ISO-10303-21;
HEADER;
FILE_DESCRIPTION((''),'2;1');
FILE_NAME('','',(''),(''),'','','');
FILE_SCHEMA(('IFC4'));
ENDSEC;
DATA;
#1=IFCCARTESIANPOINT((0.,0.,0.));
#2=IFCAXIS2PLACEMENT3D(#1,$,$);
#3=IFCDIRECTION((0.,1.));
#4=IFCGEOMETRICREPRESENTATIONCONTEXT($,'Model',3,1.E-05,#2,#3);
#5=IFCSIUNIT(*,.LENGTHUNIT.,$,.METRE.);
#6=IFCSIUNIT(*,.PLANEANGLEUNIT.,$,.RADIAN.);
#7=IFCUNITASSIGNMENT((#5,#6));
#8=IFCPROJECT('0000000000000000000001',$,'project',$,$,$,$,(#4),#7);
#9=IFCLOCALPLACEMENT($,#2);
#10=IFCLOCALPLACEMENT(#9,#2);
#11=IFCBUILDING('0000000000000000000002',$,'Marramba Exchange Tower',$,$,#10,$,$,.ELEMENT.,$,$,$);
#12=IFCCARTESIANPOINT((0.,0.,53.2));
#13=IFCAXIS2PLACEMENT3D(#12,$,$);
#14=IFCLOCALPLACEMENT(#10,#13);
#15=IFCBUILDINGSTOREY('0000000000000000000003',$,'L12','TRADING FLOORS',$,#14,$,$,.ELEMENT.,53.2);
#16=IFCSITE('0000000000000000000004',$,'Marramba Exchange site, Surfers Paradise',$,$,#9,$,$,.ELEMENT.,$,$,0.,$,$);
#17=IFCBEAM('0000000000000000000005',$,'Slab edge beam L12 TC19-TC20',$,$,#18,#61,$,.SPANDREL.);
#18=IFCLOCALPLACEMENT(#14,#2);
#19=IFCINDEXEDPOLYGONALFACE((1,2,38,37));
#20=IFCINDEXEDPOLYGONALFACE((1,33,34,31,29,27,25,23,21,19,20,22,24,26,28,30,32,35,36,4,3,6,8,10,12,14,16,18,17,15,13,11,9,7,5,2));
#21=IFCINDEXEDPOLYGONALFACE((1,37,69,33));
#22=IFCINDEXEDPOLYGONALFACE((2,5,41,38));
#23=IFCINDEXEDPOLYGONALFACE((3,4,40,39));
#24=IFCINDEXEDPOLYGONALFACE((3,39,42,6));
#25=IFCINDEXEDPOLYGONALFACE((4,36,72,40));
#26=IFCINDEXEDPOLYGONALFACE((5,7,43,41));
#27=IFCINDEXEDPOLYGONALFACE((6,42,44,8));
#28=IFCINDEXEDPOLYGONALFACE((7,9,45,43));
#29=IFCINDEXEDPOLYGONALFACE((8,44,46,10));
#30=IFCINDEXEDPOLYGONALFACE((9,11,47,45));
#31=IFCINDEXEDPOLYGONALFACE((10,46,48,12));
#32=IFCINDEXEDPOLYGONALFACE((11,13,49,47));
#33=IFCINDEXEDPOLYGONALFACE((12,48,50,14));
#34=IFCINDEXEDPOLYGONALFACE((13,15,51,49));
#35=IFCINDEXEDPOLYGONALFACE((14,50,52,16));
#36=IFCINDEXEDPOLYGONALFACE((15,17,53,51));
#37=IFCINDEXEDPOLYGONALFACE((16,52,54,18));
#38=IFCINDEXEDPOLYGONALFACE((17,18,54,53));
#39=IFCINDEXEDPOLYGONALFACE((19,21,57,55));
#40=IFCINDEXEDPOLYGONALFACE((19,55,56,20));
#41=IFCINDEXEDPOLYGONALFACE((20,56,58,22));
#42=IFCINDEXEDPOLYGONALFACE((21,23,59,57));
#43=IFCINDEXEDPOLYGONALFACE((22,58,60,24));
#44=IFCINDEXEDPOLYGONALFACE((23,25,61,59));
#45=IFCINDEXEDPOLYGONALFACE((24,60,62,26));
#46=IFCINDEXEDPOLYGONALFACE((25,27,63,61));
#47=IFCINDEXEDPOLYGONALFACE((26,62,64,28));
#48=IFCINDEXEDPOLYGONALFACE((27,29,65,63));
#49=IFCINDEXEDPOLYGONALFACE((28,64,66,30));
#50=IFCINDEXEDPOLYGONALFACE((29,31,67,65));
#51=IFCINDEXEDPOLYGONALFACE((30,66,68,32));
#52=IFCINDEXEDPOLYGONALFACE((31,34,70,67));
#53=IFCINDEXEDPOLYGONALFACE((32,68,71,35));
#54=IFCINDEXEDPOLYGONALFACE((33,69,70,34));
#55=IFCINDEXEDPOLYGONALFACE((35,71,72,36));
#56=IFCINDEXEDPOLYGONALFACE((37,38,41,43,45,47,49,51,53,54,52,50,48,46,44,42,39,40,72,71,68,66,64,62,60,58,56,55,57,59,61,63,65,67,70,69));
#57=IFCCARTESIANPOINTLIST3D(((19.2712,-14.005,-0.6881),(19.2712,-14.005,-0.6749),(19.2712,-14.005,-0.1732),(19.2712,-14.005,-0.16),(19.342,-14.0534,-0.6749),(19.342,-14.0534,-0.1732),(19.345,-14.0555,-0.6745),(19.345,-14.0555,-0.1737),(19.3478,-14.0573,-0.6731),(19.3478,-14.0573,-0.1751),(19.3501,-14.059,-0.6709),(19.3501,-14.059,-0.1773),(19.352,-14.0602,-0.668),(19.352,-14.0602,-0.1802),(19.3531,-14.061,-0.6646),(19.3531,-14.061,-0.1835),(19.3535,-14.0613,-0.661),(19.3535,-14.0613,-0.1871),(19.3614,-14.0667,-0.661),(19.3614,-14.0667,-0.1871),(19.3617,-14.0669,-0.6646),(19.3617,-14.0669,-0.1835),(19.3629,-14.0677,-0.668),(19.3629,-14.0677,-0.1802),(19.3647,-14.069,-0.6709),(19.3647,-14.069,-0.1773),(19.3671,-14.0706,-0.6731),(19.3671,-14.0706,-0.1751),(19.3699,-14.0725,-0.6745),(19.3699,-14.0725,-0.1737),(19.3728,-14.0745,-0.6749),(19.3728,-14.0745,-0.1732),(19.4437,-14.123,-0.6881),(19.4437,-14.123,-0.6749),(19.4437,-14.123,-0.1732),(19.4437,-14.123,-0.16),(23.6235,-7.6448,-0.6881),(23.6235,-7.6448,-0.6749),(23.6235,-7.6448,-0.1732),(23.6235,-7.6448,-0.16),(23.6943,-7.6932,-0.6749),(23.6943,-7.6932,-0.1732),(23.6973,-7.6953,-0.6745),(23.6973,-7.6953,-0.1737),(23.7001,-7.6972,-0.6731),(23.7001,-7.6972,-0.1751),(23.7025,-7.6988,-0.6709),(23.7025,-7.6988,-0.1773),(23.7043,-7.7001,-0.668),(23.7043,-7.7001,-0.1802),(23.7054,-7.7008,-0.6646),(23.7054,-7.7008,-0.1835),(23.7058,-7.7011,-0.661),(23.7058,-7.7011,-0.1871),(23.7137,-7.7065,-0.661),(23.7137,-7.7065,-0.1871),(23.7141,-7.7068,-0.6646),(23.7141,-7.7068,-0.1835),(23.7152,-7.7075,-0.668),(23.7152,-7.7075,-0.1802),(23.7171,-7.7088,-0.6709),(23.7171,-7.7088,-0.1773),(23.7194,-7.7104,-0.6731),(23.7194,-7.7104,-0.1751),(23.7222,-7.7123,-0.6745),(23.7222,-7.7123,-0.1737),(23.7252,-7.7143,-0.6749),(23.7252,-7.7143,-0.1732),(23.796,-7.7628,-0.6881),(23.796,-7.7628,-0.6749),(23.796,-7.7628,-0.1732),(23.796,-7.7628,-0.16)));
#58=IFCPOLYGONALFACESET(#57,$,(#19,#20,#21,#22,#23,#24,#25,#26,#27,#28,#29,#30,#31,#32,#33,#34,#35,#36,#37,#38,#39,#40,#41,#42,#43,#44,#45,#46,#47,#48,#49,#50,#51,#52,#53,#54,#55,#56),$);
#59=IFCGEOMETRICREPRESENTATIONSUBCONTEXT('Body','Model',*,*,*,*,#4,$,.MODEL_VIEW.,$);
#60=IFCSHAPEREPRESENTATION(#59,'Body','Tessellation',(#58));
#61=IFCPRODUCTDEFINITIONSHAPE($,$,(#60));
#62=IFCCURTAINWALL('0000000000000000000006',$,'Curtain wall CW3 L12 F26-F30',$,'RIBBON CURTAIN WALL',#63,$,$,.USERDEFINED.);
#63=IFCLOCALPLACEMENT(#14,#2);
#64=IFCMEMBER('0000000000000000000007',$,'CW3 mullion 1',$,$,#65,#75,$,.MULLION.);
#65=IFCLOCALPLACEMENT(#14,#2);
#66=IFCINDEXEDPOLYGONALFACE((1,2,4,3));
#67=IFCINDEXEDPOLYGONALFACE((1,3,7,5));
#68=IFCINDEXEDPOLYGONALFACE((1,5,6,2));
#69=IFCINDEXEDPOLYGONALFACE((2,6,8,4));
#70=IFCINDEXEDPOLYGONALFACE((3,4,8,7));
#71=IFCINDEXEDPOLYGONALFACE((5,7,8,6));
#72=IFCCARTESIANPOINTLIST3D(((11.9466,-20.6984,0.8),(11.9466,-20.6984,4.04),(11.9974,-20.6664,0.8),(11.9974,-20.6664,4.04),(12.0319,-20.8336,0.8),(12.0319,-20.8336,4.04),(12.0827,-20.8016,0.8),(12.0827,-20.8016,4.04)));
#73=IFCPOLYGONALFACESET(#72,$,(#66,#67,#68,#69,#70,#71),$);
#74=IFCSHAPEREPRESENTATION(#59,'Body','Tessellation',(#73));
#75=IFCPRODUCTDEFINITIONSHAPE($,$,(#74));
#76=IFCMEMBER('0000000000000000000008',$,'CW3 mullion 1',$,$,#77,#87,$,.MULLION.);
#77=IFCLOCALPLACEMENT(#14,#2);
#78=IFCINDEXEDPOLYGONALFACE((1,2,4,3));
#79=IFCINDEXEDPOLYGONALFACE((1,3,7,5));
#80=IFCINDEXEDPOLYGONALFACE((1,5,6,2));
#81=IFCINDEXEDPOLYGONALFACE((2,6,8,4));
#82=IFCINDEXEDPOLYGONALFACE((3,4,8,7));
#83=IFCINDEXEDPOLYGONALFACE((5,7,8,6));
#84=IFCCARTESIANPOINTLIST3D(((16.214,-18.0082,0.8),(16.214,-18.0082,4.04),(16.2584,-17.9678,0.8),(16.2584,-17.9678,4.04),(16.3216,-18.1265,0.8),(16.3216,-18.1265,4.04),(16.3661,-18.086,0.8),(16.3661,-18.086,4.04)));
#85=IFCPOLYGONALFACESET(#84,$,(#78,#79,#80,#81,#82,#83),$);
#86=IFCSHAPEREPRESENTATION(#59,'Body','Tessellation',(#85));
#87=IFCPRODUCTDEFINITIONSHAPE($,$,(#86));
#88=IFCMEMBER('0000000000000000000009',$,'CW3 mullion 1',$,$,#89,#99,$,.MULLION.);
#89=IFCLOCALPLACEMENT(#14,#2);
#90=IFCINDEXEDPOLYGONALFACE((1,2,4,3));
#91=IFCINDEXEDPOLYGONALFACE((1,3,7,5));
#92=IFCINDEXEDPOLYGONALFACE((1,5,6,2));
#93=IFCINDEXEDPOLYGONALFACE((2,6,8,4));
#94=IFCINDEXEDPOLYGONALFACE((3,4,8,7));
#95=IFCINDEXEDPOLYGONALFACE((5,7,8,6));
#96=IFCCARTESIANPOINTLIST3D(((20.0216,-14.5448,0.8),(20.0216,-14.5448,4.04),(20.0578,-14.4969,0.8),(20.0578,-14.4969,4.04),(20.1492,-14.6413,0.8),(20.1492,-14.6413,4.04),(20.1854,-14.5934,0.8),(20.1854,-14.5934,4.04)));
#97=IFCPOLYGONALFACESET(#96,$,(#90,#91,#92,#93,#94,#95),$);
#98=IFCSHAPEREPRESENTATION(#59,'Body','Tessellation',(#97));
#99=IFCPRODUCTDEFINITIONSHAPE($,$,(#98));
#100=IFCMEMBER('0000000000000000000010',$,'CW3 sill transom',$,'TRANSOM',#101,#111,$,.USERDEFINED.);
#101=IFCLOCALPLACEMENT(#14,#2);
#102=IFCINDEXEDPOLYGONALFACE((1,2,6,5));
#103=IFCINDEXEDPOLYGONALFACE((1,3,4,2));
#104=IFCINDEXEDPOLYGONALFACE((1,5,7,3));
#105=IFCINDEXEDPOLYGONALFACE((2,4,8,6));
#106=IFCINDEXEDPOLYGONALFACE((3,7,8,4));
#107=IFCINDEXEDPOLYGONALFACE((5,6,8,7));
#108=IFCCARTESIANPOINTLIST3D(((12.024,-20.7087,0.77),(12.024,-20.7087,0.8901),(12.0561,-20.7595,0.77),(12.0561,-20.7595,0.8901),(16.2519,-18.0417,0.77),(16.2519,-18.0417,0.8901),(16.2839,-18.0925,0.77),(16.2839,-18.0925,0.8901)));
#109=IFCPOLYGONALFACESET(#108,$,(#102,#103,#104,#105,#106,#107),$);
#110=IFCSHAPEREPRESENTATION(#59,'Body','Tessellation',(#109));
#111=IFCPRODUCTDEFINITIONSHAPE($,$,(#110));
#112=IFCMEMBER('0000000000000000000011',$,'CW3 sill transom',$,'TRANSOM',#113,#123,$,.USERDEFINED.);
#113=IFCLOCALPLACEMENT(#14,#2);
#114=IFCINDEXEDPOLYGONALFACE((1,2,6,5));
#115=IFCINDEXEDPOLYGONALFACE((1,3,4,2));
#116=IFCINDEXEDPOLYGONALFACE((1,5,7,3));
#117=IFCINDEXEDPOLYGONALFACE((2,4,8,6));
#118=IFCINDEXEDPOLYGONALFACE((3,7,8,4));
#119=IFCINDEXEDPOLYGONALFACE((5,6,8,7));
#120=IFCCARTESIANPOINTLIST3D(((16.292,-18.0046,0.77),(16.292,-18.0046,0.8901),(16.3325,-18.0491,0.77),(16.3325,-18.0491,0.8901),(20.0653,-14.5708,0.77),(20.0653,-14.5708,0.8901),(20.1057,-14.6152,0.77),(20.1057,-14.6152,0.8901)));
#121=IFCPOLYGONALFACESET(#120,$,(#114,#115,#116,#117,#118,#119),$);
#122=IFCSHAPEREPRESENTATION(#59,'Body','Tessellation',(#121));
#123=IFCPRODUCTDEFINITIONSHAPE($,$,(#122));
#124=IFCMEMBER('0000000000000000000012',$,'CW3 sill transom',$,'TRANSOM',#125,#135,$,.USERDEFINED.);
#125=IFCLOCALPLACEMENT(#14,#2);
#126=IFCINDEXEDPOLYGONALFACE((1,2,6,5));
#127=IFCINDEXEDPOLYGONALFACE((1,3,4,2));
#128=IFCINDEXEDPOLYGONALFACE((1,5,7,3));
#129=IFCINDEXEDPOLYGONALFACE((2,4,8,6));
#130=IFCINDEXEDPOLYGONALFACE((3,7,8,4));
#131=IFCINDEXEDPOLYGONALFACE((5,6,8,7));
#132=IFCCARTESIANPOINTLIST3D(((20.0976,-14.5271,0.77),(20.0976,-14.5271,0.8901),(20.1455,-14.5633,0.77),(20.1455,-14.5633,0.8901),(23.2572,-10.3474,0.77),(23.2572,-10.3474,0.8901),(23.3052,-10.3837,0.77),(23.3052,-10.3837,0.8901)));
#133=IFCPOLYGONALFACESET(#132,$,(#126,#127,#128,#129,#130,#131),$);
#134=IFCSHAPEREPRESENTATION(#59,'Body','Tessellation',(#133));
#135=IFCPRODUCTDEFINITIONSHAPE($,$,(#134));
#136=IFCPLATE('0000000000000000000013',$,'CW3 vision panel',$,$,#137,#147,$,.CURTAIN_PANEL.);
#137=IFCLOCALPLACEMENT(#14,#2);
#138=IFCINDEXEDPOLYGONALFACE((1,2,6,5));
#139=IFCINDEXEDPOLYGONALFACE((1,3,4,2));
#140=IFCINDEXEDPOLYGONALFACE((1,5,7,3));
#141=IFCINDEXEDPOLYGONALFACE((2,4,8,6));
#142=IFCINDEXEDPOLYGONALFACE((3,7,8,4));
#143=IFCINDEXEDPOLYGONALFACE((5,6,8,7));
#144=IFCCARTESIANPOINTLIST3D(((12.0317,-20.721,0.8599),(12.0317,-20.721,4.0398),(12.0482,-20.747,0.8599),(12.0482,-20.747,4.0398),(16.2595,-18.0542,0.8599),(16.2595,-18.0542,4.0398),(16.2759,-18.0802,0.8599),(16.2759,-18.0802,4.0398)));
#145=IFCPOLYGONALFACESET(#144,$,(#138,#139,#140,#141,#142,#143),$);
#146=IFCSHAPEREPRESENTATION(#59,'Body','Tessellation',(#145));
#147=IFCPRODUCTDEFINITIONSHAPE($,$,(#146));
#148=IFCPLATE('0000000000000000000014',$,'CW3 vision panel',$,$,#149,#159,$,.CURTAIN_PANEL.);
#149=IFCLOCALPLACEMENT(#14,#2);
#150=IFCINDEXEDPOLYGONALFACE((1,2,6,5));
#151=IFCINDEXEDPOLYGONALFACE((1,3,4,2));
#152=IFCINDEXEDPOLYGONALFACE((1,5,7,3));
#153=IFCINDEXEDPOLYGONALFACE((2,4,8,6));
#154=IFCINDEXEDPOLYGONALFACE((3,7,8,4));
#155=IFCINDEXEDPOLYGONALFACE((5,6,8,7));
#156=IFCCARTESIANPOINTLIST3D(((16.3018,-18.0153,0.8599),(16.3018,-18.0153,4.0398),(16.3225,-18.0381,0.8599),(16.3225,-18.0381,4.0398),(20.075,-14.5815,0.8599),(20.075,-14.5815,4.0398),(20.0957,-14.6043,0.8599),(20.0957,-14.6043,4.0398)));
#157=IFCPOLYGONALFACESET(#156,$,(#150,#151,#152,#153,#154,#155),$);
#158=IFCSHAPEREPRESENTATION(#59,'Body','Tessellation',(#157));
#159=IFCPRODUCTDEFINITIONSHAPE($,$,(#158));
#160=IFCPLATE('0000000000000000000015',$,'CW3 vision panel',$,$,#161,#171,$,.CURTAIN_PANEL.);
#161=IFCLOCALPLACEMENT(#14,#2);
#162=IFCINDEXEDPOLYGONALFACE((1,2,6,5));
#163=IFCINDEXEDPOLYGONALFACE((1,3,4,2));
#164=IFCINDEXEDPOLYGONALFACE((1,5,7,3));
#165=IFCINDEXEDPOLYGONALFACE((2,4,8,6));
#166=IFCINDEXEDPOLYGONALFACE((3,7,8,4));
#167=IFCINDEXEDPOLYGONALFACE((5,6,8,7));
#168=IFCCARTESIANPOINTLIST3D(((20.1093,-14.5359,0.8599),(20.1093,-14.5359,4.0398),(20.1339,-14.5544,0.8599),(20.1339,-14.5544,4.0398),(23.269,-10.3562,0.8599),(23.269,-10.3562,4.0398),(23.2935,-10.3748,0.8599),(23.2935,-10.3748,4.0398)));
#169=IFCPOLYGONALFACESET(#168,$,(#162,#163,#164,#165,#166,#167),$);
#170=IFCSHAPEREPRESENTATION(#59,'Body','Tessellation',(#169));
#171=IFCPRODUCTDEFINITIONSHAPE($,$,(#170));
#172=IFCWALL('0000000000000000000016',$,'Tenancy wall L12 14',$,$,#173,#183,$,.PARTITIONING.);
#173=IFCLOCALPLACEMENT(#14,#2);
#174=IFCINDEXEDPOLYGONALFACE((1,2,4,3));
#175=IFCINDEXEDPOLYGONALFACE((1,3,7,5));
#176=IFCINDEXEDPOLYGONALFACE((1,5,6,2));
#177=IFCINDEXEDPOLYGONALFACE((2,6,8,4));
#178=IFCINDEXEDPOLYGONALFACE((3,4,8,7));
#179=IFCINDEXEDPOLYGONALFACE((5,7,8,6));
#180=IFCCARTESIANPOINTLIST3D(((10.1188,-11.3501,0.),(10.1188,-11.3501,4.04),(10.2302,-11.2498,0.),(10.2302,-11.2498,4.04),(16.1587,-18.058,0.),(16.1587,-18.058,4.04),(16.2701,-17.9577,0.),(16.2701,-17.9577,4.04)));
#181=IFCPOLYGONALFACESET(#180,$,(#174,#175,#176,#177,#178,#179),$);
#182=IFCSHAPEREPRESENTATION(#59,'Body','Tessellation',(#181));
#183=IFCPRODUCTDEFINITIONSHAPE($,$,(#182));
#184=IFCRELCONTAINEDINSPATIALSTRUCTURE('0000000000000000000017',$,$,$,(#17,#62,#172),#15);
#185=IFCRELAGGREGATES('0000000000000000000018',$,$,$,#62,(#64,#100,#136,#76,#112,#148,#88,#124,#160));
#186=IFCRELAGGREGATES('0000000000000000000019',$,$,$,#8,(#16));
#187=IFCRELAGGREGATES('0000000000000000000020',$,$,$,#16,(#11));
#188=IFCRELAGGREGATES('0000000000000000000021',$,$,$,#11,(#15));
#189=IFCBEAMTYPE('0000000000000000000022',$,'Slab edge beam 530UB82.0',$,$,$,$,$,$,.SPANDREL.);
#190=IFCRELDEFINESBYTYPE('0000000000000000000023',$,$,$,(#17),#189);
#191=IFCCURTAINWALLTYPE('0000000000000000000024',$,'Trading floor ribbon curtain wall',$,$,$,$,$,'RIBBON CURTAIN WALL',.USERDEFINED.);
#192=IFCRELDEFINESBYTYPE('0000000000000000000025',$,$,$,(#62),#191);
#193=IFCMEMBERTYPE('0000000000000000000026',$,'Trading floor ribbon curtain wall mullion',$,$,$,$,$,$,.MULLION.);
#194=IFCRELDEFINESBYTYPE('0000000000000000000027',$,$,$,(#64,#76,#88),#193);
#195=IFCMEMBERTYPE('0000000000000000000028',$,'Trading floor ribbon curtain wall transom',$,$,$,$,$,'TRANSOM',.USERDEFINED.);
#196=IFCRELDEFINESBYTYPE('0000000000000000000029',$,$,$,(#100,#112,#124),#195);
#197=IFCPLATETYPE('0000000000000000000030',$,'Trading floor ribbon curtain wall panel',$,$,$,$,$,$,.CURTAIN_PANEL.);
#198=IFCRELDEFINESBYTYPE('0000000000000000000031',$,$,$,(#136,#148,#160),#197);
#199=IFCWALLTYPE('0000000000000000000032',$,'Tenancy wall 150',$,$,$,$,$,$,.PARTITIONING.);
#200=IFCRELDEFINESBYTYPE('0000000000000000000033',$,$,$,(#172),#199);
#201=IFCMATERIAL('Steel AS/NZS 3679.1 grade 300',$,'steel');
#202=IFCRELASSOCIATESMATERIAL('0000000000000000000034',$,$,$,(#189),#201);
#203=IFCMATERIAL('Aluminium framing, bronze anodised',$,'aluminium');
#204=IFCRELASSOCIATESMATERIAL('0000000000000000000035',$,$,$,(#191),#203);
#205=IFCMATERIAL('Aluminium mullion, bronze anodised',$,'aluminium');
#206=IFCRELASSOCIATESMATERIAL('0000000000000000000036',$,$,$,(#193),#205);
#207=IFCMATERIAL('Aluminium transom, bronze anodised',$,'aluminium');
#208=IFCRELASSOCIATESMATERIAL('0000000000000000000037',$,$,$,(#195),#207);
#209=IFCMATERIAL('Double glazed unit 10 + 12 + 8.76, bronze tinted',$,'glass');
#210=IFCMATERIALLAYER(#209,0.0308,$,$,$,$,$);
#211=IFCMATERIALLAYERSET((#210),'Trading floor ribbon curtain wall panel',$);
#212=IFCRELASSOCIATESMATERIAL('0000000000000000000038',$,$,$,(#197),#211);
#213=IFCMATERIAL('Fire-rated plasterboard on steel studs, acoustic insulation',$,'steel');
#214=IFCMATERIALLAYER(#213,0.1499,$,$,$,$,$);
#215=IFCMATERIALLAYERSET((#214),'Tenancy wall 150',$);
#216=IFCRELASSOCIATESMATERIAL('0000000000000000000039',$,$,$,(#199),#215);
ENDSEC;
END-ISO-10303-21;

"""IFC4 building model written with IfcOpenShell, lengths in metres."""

from ifc_helpers import new_model, si_unit, direction, frame, frame_2d, origin, origin_2d, place, context, subcontext, project, spatial, rectangle, i_section, extrude, material, layer, layer_set, material_profile, profile_set, type_object, element, aggregate, save


model = new_model("IFC4")

# Units and contexts
model_context = context("Model", 3, precision=1e-05, world=origin(), true_north=direction((0.0, 1.0)))
body_context = subcontext(model_context, "Body", "Model", "MODEL_VIEW")
ifc_project = project(units=[si_unit("LENGTHUNIT", "METRE"), si_unit("PLANEANGLEUNIT", "RADIAN")], contexts=[model_context])

# Site, building, storey
site_placement = place(None, origin())
site = spatial("IfcSite", under=ifc_project, at=site_placement, Name="Marramba Exchange site, Surfers Paradise", CompositionType="ELEMENT", RefElevation=0.0)
building_placement = place(site_placement, origin())
building = spatial("IfcBuilding", under=site, at=building_placement, Name="Marramba Exchange Tower", CompositionType="ELEMENT")
storey_placement = place(building_placement, frame((0.0, 0.0, 53.2)))
storey = spatial("IfcBuildingStorey", under=building, at=storey_placement, Name="L12", Description="TRADING FLOORS", CompositionType="ELEMENT", Elevation=53.2)

# Beam
ifc_material_1 = material(Name="Steel AS/NZS 3679.1 grade 300", Category="steel")
ifc_material_profile_1 = material_profile(ifc_material_1, i_section(OverallWidth=0.209, OverallDepth=0.5281, WebThickness=0.0095, FlangeThickness=0.0132, FilletRadius=0.0139, at=origin_2d()), Name="530UB82.0")
ifc_profile_set_1 = profile_set([ifc_material_profile_1], Name="Steel AS/NZS 3679.1 grade 300")
beam_type_1 = type_object("IfcBeamType", Name="Slab edge beam 530UB82.0", PredefinedType="SPANDREL", material=ifc_profile_set_1)
beam_1_placement = place(storey_placement, frame((19.3574, -14.064, -0.4241), z_axis=(0.564741, 0.825268, 0.0), x_axis=(-0.825268, 0.564741, 0.0)))
element("IfcBeam", 1, at=beam_1_placement, inside=storey, type_object=beam_type_1, Name="Slab edge beam L12 TC19-TC20", PredefinedType="SPANDREL", context=body_context, shape_type="SweptSolid", body=[
    extrude(i_section(OverallWidth=0.209, OverallDepth=0.5281, WebThickness=0.0095, FlangeThickness=0.0132, FilletRadius=0.0139, at=origin_2d()), origin(), (0.0, 0.0, 1.0), 7.7068),
])

# Curtain wall, members, plates
ifc_material_2 = material(Name="Aluminium framing, bronze anodised", Category="aluminium")
curtain_wall_type = type_object("IfcCurtainWallType", Name="Trading floor ribbon curtain wall", ElementType="RIBBON CURTAIN WALL", PredefinedType="USERDEFINED", material=ifc_material_2)
curtain_wall_placement = place(storey_placement, origin())
curtain_wall = element("IfcCurtainWall", 2, at=curtain_wall_placement, inside=storey, type_object=curtain_wall_type, Name="Curtain wall CW3 L12 F26-F30", ObjectType="RIBBON CURTAIN WALL", PredefinedType="USERDEFINED")
ifc_material_3 = material(Name="Aluminium mullion, bronze anodised", Category="aluminium")
ifc_material_profile_2 = material_profile(ifc_material_3, rectangle(XDim=0.1599, YDim=0.0601, at=origin_2d()), Name="CW3 mullion 60x160")
ifc_profile_set_2 = profile_set([ifc_material_profile_2], Name="Aluminium mullion, bronze anodised")
member_type_1 = type_object("IfcMemberType", Name="Trading floor ribbon curtain wall mullion", PredefinedType="MULLION", material=ifc_profile_set_2)
member_1_placement = place(storey_placement, frame((12.0146, -20.75, 0.8), z_axis=(0.0, 0.0, 1.0), x_axis=(-0.533515, 0.845791, 0.0)))
member_1 = element("IfcMember", 3, at=member_1_placement, type_object=member_type_1, Name="CW3 mullion 1", PredefinedType="MULLION", context=body_context, shape_type="SweptSolid", body=[
    extrude(rectangle(XDim=0.1599, YDim=0.0601, at=origin_2d()), origin(), (0.0, 0.0, 1.0), 3.24),
])
member_2_placement = place(storey_placement, frame((16.29, -18.0471, 0.8), z_axis=(0.0, 0.0, 1.0), x_axis=(-0.673058, 0.73959, 0.0)))
member_2 = element("IfcMember", 4, at=member_2_placement, type_object=member_type_1, Name="CW3 mullion 1", PredefinedType="MULLION", context=body_context, shape_type="SweptSolid", body=[
    extrude(rectangle(XDim=0.1599, YDim=0.0601, at=origin_2d()), origin(), (0.0, 0.0, 1.0), 3.24),
])
member_3_placement = place(storey_placement, frame((20.1035, -14.5691, 0.8), z_axis=(0.0, 0.0, 1.0), x_axis=(-0.797711, 0.60304, 0.0)))
member_3 = element("IfcMember", 5, at=member_3_placement, type_object=member_type_1, Name="CW3 mullion 1", PredefinedType="MULLION", context=body_context, shape_type="SweptSolid", body=[
    extrude(rectangle(XDim=0.1599, YDim=0.0601, at=origin_2d()), origin(), (0.0, 0.0, 1.0), 3.24),
])
ifc_material_4 = material(Name="Aluminium transom, bronze anodised", Category="aluminium")
ifc_material_profile_3 = material_profile(ifc_material_4, rectangle(XDim=0.0601, YDim=0.1201, at=origin_2d()), Name="CW3 transom 60x120")
ifc_profile_set_3 = profile_set([ifc_material_profile_3], Name="Aluminium transom, bronze anodised")
member_type_2 = type_object("IfcMemberType", Name="Trading floor ribbon curtain wall transom", ElementType="TRANSOM", PredefinedType="USERDEFINED", material=ifc_profile_set_3)
member_4_placement = place(storey_placement, frame((12.04, -20.7341, 0.8301), z_axis=(0.845777, 0.533537, 0.0), x_axis=(-0.533537, 0.845777, 0.0)))
member_4 = element("IfcMember", 6, at=member_4_placement, type_object=member_type_2, Name="CW3 sill transom", ObjectType="TRANSOM", PredefinedType="USERDEFINED", context=body_context, shape_type="SweptSolid", body=[
    extrude(rectangle(XDim=0.0601, YDim=0.1201, at=origin_2d()), origin(), (0.0, 0.0, 1.0), 4.9988),
])
member_5_placement = place(storey_placement, frame((16.3123, -18.0269, 0.8301), z_axis=(0.739583, 0.673066, 0.0), x_axis=(-0.673066, 0.739583, 0.0)))
member_5 = element("IfcMember", 7, at=member_5_placement, type_object=member_type_2, Name="CW3 sill transom", ObjectType="TRANSOM", PredefinedType="USERDEFINED", context=body_context, shape_type="SweptSolid", body=[
    extrude(rectangle(XDim=0.0601, YDim=0.1201, at=origin_2d()), origin(), (0.0, 0.0, 1.0), 5.1018),
])
member_6_placement = place(storey_placement, frame((20.1216, -14.5452, 0.8301), z_axis=(0.603037, 0.797713, 0.0), x_axis=(-0.797713, 0.603037, 0.0)))
member_6 = element("IfcMember", 8, at=member_6_placement, type_object=member_type_2, Name="CW3 sill transom", ObjectType="TRANSOM", PredefinedType="USERDEFINED", context=body_context, shape_type="SweptSolid", body=[
    extrude(rectangle(XDim=0.0601, YDim=0.1201, at=origin_2d()), origin(), (0.0, 0.0, 1.0), 5.2395),
])
ifc_material_5 = material(Name="Double glazed unit 10 + 12 + 8.76, bronze tinted", Category="glass")
ifc_layer_1 = layer(ifc_material_5, 0.0308)
ifc_layer_set_1 = layer_set([ifc_layer_1], Name="Trading floor ribbon curtain wall panel")
plate_type = type_object("IfcPlateType", Name="Trading floor ribbon curtain wall panel", PredefinedType="CURTAIN_PANEL", material=ifc_layer_set_1)
plate_1_placement = place(storey_placement, frame((14.1538, -19.4006, 0.8599), z_axis=(0.0, 0.0, 1.0), x_axis=(0.845791, 0.533515, 0.0)))
plate_1 = element("IfcPlate", 9, at=plate_1_placement, type_object=plate_type, Name="CW3 vision panel", PredefinedType="CURTAIN_PANEL", context=body_context, shape_type="SweptSolid", body=[
    extrude(rectangle(XDim=4.9985, YDim=0.0308, at=origin_2d()), origin(), (0.0, 0.0, 1.0), 3.1799),
])
plate_2_placement = place(storey_placement, frame((18.1987, -16.3098, 0.8599), z_axis=(0.0, 0.0, 1.0), x_axis=(0.73959, 0.673058, 0.0)))
plate_2 = element("IfcPlate", 10, at=plate_2_placement, type_object=plate_type, Name="CW3 vision panel", PredefinedType="CURTAIN_PANEL", context=body_context, shape_type="SweptSolid", body=[
    extrude(rectangle(XDim=5.1018, YDim=0.0308, at=origin_2d()), origin(), (0.0, 0.0, 1.0), 3.1799),
])
plate_3_placement = place(storey_placement, frame((21.7014, -12.4553, 0.8599), z_axis=(0.0, 0.0, 1.0), x_axis=(0.60304, 0.797711, 0.0)))
plate_3 = element("IfcPlate", 11, at=plate_3_placement, type_object=plate_type, Name="CW3 vision panel", PredefinedType="CURTAIN_PANEL", context=body_context, shape_type="SweptSolid", body=[
    extrude(rectangle(XDim=5.2395, YDim=0.0308, at=origin_2d()), origin(), (0.0, 0.0, 1.0), 3.1799),
])
aggregate(curtain_wall, [member_1, member_4, plate_1, member_2, member_5, plate_2, member_3, member_6, plate_3])

# Wall
ifc_material_6 = material(Name="Fire-rated plasterboard on steel studs, acoustic insulation", Category="steel")
ifc_layer_2 = layer(ifc_material_6, 0.1499)
ifc_layer_set_2 = layer_set([ifc_layer_2], Name="Tenancy wall 150")
wall_type = type_object("IfcWallType", Name="Tenancy wall 150", PredefinedType="PARTITIONING", material=ifc_layer_set_2)
wall_placement = place(storey_placement, frame((16.2144, -18.0078, 0.0), z_axis=(0.0, 0.0, 1.0), x_axis=(-0.669137, 0.743139, 0.0)))
element("IfcWall", 12, at=wall_placement, inside=storey, type_object=wall_type, Name="Tenancy wall L12 14", PredefinedType="PARTITIONING", context=body_context, shape_type="SweptSolid", body=[
    extrude(rectangle(XDim=9.0264, YDim=0.1499, at=frame_2d((4.5132, 0.0))), origin(), (0.0, 0.0, 1.0), 4.04),
])

save(model, "model.ifc")
